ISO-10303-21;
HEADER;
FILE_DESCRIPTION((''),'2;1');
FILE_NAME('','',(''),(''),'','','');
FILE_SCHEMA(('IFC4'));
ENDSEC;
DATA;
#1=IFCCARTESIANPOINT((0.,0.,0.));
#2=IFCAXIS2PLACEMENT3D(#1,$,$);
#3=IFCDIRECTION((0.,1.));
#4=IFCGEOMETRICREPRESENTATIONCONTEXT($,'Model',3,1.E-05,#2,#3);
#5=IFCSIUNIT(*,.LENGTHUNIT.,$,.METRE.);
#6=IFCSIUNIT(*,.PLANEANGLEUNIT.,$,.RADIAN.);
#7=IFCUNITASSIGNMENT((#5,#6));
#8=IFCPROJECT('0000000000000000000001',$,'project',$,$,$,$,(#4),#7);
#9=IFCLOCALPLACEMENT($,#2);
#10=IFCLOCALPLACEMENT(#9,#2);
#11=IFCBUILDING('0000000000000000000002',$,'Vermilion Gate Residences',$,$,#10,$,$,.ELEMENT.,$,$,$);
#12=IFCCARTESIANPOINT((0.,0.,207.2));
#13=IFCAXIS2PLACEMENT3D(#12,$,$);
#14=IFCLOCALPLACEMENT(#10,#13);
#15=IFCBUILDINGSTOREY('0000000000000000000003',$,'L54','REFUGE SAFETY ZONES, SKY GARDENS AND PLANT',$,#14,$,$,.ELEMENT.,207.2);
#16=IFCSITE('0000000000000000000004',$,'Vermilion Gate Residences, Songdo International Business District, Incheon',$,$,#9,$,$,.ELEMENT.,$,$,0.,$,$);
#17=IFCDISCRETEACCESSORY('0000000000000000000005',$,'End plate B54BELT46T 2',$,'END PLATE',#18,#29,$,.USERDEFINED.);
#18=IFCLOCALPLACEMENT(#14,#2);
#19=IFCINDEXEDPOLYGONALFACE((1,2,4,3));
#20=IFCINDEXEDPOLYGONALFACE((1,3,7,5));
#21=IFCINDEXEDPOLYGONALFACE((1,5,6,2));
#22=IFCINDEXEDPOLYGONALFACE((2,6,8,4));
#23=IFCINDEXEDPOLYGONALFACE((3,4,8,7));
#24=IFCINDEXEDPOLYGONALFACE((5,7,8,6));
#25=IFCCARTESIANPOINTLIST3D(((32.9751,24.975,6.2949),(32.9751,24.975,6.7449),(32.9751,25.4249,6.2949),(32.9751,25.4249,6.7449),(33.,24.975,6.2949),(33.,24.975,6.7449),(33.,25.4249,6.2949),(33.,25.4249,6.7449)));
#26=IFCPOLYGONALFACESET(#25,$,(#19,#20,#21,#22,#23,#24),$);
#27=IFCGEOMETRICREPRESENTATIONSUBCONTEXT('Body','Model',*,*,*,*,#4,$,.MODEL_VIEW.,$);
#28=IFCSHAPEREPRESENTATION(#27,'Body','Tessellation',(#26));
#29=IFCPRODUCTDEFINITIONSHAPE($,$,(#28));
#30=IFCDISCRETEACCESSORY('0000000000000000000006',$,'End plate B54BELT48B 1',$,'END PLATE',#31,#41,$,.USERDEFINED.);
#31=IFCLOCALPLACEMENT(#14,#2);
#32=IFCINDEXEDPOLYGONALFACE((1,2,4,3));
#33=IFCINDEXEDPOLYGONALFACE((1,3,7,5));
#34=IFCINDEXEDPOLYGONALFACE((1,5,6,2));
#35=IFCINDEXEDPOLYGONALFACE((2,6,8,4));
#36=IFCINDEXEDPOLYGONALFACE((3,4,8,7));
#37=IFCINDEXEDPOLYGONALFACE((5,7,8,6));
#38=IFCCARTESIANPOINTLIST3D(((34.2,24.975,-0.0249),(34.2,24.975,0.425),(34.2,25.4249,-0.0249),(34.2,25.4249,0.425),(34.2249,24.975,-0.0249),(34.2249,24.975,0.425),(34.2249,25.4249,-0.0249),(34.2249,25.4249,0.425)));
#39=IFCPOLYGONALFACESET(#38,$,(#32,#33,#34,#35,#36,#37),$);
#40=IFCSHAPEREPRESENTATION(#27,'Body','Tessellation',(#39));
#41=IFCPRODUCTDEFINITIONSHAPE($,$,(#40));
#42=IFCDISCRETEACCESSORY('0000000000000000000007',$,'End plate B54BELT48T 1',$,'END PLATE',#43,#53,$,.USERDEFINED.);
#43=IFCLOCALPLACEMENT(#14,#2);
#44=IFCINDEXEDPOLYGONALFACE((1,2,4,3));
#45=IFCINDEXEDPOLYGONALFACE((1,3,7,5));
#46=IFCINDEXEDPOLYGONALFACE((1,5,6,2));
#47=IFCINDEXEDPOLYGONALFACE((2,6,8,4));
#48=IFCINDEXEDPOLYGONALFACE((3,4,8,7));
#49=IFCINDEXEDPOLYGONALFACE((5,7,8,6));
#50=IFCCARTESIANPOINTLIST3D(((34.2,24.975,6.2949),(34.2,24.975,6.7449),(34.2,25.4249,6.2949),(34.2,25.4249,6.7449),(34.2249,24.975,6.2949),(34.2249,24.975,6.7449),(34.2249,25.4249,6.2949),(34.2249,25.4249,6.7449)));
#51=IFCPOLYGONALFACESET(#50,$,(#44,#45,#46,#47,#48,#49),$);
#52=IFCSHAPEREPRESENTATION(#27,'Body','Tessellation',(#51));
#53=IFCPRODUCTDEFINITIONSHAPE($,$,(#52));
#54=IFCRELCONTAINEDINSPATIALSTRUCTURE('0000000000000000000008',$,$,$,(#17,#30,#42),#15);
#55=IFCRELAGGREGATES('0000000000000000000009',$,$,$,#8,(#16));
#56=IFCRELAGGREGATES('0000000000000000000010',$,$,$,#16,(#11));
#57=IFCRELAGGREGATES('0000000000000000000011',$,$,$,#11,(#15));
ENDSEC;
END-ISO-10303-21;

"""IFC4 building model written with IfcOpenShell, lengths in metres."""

from ifc_helpers import new_model, si_unit, direction, frame, origin, origin_2d, place, context, subcontext, project, spatial, rectangle, extrude, element, save


model = new_model("IFC4")

# Units and contexts
model_context = context("Model", 3, precision=1e-05, world=origin(), true_north=direction((0.0, 1.0)))
body_context = subcontext(model_context, "Body", "Model", "MODEL_VIEW")
ifc_project = project(units=[si_unit("LENGTHUNIT", "METRE"), si_unit("PLANEANGLEUNIT", "RADIAN")], contexts=[model_context])

# Site, building, storey
site_placement = place(None, origin())
site = spatial("IfcSite", under=ifc_project, at=site_placement, Name="Vermilion Gate Residences, Songdo International Business District, Incheon", CompositionType="ELEMENT", RefElevation=0.0)
building_placement = place(site_placement, origin())
building = spatial("IfcBuilding", under=site, at=building_placement, Name="Vermilion Gate Residences", CompositionType="ELEMENT")
storey_placement = place(building_placement, frame((0.0, 0.0, 207.2)))
storey = spatial("IfcBuildingStorey", under=building, at=storey_placement, Name="L54", Description="REFUGE SAFETY ZONES, SKY GARDENS AND PLANT", CompositionType="ELEMENT", Elevation=207.2)

# Discrete accessories
for number, where, z_axis, x_axis, name in (
    (1, (32.9875, 25.2, 6.2949), (0.0, 0.0, 1.0), (1.0, 0.0, 0.0), "End plate B54BELT46T 2"),
    (2, (34.2124, 25.2, -0.0249), (0.0, 0.0, 1.0), (1.0, 0.0, 0.0), "End plate B54BELT48B 1"),
    (3, (34.2124, 25.2, 6.2949), (0.0, 0.0, 1.0), (1.0, 0.0, 0.0), "End plate B54BELT48T 1"),
):
    element("IfcDiscreteAccessory", number, at=place(storey_placement, frame(where, z_axis=z_axis, x_axis=x_axis)), inside=storey, Name=name, ObjectType="END PLATE", PredefinedType="USERDEFINED", context=body_context, shape_type="SweptSolid", body=[
        extrude(rectangle(XDim=0.0249, YDim=0.45, at=origin_2d()), origin(), (0.0, 0.0, 1.0), 0.45),
    ])

save(model, "model.ifc")
